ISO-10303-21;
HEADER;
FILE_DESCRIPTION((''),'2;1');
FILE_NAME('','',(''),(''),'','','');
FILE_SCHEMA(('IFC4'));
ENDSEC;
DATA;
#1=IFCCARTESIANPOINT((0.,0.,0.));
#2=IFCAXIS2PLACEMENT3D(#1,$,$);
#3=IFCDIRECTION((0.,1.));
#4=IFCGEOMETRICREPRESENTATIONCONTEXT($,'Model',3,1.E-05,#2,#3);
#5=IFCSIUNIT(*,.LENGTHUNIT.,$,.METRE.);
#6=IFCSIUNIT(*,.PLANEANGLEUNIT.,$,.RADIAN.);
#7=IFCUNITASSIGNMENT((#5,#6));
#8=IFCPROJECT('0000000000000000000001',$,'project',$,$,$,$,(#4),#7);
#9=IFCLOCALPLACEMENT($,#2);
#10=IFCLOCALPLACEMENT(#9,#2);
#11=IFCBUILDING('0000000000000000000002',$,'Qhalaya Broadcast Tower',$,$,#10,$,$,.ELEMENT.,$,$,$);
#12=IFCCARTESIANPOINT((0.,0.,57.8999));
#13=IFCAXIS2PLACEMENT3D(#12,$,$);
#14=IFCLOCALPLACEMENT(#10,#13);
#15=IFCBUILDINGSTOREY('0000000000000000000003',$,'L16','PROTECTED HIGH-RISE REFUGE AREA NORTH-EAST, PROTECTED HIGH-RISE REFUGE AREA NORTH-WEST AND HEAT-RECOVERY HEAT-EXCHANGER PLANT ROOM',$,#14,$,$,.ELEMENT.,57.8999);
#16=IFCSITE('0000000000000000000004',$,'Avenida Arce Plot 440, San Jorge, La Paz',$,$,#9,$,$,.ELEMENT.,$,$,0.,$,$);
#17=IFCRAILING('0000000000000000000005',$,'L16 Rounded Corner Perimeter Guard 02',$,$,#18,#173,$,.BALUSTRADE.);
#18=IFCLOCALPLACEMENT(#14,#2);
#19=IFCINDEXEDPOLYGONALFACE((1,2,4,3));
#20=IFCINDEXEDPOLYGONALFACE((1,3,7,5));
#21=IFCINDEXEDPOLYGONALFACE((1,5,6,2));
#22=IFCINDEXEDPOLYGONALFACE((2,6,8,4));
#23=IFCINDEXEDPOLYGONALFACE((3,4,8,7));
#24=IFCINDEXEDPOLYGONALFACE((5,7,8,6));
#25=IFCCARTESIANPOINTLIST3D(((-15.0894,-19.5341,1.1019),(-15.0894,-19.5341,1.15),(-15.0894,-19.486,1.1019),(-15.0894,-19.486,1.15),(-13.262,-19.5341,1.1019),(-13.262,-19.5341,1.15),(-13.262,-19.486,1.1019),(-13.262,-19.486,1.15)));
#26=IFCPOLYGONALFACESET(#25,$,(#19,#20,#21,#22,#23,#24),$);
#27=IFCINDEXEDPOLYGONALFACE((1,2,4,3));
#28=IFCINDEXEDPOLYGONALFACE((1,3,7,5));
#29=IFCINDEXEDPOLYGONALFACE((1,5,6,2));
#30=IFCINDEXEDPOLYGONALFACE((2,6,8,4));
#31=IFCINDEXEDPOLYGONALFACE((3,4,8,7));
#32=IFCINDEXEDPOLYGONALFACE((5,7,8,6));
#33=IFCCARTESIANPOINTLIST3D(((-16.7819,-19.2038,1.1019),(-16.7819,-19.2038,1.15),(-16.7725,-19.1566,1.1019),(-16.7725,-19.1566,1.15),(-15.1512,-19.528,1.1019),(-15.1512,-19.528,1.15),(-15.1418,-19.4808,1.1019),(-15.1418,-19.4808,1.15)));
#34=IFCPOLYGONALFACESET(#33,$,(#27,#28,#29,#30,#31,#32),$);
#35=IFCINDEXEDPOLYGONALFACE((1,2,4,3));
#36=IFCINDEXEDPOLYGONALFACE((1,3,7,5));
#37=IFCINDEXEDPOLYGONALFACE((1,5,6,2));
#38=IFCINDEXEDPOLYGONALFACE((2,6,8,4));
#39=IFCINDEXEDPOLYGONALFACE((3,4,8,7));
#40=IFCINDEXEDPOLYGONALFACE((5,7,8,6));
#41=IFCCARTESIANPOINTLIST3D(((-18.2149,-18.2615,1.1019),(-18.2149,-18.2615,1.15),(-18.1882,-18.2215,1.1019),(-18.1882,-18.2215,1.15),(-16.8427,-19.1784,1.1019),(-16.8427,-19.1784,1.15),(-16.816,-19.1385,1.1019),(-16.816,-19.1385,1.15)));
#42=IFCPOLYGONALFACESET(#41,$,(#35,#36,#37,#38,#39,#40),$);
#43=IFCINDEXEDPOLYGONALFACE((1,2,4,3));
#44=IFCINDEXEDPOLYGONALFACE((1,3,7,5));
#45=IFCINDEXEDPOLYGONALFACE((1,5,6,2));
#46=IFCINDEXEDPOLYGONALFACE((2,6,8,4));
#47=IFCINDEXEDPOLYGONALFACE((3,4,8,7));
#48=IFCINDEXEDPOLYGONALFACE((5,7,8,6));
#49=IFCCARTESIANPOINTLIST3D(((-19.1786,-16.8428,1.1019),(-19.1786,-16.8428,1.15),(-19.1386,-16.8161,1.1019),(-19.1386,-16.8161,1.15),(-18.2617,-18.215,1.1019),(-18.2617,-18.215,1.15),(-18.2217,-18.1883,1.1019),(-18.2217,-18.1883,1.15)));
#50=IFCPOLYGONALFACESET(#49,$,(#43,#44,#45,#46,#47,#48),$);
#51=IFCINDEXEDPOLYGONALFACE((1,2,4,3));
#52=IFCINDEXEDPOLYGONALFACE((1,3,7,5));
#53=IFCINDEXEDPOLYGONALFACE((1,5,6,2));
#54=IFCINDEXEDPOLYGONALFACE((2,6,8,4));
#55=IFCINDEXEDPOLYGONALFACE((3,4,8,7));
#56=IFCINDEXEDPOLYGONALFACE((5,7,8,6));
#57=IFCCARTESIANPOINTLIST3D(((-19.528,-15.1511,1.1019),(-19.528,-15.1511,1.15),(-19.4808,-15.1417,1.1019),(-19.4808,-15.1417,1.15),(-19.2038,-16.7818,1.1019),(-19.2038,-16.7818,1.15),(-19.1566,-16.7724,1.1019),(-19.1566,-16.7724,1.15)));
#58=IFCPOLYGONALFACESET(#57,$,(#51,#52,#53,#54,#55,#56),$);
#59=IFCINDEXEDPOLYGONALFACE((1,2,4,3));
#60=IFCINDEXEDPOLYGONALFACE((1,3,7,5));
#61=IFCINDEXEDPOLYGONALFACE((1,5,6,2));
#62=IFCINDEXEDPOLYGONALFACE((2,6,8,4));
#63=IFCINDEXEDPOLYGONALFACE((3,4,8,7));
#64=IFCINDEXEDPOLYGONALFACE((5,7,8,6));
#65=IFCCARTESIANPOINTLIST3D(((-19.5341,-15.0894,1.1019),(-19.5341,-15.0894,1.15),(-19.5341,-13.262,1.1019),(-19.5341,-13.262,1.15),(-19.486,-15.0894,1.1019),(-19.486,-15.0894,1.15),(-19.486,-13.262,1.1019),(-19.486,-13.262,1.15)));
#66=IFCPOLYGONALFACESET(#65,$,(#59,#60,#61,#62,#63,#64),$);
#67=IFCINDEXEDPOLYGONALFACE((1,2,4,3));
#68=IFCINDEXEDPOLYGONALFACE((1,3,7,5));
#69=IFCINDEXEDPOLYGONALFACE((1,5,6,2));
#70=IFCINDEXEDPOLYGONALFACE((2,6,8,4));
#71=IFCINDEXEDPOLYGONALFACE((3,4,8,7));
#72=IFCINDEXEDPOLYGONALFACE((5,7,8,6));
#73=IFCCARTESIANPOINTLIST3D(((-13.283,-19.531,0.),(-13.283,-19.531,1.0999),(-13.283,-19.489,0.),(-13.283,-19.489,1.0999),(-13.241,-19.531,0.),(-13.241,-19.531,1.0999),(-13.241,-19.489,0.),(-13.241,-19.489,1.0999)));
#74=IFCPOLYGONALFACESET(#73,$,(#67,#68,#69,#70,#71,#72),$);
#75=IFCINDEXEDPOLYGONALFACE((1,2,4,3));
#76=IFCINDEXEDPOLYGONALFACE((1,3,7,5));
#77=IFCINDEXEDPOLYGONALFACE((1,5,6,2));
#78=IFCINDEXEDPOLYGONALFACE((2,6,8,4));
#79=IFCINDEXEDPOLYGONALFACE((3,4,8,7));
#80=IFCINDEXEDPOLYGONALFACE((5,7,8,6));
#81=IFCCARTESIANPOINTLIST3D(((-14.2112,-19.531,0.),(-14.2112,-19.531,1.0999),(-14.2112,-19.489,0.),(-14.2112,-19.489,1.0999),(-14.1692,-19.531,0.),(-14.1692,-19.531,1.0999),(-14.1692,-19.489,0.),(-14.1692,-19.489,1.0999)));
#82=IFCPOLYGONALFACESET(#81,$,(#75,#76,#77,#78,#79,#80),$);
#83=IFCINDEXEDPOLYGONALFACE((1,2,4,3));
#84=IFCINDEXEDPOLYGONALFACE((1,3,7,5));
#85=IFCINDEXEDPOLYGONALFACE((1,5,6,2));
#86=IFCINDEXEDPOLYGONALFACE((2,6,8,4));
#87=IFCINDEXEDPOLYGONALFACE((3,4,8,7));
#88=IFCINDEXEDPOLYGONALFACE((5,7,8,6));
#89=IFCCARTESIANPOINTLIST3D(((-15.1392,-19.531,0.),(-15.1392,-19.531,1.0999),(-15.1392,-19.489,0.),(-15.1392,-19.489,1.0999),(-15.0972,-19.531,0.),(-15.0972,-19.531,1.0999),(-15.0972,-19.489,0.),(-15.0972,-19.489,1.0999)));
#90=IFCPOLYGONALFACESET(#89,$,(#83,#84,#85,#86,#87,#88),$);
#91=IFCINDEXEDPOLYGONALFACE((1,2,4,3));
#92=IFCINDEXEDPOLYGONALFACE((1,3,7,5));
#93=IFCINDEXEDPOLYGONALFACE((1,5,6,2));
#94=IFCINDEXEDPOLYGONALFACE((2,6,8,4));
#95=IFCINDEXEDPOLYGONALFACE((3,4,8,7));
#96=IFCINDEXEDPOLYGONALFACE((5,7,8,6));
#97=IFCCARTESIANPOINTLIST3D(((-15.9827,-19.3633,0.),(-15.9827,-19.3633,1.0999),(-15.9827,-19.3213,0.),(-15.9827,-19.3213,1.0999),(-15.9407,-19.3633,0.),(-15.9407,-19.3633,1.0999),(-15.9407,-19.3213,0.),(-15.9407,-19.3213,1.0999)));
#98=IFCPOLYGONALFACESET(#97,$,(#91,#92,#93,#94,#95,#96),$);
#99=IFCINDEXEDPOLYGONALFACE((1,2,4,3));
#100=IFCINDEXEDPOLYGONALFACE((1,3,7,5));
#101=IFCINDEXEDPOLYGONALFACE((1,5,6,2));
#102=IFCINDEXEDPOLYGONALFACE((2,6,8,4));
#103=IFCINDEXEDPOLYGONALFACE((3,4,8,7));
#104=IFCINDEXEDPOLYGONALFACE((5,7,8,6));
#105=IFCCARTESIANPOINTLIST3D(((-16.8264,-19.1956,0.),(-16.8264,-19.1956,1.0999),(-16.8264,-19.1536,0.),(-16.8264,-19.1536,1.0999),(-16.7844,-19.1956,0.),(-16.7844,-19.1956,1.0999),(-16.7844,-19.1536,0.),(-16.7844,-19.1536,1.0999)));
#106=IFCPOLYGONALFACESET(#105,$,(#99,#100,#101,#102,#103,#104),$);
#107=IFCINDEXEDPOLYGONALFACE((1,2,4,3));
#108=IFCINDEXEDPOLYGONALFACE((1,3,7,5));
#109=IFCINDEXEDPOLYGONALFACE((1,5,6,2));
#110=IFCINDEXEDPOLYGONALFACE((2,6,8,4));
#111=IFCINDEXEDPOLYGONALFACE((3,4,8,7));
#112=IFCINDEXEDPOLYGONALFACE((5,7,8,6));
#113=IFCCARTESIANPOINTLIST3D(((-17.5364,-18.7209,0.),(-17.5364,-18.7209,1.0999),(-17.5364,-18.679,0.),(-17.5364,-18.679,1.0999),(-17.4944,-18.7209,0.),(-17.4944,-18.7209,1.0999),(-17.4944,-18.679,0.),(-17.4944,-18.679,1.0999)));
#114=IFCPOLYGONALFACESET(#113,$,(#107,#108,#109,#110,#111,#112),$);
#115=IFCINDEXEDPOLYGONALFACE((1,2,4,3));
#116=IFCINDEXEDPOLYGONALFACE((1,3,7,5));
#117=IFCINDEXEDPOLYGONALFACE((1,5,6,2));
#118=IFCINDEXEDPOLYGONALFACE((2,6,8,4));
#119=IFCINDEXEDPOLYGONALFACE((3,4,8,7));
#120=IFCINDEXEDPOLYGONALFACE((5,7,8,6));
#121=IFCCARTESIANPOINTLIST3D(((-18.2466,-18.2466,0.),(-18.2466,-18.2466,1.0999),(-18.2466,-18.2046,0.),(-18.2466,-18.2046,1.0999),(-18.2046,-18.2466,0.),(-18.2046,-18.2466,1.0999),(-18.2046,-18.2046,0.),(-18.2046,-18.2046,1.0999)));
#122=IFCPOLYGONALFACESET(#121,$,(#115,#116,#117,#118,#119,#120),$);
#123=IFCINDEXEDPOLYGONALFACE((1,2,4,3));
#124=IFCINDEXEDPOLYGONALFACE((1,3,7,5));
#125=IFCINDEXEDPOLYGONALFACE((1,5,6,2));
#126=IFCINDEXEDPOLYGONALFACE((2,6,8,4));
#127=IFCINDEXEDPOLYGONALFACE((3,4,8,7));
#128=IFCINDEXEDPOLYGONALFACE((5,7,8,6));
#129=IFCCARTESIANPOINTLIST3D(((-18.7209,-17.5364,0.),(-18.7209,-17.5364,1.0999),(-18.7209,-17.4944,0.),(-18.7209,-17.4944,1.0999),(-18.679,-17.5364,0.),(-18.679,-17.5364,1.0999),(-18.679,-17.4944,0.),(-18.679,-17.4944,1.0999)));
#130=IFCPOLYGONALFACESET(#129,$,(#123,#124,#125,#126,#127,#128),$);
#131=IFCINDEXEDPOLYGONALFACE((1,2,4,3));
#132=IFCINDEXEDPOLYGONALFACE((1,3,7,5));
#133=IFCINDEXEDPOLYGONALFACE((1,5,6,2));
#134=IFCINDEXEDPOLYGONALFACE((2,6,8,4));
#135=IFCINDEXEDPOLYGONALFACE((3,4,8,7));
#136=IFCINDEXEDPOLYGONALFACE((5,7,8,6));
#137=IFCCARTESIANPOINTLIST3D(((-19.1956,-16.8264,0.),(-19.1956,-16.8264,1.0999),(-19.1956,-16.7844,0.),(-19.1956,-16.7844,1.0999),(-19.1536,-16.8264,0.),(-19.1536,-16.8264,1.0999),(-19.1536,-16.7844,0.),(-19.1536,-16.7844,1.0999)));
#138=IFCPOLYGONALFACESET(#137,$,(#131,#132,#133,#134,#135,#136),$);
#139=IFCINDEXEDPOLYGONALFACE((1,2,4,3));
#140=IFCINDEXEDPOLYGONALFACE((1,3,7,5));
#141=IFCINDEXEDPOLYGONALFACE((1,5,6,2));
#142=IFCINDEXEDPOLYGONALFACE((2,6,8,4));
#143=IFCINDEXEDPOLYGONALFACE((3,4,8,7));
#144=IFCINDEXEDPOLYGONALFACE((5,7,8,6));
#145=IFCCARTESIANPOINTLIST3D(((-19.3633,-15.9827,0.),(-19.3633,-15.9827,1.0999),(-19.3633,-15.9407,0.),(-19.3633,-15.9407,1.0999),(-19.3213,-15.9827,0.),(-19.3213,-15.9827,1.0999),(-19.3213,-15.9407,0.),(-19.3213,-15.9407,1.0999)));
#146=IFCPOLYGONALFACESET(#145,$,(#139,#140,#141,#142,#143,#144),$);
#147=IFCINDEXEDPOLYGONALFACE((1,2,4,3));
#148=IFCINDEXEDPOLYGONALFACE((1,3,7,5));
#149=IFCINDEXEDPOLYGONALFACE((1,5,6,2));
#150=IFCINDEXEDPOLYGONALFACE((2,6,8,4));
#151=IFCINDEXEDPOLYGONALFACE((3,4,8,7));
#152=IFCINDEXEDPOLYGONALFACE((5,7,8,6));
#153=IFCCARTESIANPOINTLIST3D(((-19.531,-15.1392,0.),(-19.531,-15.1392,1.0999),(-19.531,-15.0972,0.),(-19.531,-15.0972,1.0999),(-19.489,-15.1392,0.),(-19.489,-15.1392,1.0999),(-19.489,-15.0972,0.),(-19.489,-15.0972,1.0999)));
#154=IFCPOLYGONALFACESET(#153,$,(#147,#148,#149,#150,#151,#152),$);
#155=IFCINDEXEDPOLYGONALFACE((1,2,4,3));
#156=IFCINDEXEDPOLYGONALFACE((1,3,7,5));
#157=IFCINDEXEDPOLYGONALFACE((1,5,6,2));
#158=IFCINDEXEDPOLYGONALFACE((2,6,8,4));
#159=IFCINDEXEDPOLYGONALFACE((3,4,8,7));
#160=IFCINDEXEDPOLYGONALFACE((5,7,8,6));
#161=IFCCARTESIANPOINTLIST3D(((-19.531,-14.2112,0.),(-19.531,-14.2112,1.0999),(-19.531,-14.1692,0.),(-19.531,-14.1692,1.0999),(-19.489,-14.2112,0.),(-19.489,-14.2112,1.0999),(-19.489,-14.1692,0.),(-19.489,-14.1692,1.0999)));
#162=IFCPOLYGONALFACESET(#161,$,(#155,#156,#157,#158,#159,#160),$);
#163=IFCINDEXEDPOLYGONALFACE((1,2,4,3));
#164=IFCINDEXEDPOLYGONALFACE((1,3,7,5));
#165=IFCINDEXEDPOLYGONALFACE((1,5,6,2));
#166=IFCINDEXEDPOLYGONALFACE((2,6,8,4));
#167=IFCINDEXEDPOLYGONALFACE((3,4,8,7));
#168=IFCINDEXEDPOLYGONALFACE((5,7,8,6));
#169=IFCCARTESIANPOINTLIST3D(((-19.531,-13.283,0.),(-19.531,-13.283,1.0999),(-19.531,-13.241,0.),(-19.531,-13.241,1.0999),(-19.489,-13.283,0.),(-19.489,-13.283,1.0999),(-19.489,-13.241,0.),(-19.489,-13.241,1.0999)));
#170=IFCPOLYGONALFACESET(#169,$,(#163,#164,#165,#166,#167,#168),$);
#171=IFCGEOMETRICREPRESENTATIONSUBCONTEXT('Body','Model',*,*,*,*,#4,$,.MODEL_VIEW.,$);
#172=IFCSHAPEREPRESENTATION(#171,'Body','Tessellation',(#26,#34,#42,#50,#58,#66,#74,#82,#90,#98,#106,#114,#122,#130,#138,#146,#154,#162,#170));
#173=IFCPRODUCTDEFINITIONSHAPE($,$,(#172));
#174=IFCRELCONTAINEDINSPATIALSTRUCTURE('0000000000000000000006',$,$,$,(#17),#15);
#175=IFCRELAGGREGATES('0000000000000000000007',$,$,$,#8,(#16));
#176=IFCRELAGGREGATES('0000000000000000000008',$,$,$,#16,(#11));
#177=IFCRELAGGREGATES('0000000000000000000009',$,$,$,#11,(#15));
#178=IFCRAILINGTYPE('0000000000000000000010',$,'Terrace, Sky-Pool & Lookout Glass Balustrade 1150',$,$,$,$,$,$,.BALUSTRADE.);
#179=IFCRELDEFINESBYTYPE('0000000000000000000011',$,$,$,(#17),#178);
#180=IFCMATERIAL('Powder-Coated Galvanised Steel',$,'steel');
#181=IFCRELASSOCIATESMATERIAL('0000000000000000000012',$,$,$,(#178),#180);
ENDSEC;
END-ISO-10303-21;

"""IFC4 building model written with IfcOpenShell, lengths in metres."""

from ifc_helpers import new_model, si_unit, direction, frame, origin, origin_2d, place, context, subcontext, project, spatial, rectangle, extrude, material, type_object, element, save


model = new_model("IFC4")

# Units and contexts
model_context = context("Model", 3, precision=1e-05, world=origin(), true_north=direction((0.0, 1.0)))
body_context = subcontext(model_context, "Body", "Model", "MODEL_VIEW")
ifc_project = project(units=[si_unit("LENGTHUNIT", "METRE"), si_unit("PLANEANGLEUNIT", "RADIAN")], contexts=[model_context])

# Site, building, storey
site_placement = place(None, origin())
site = spatial("IfcSite", under=ifc_project, at=site_placement, Name="Avenida Arce Plot 440, San Jorge, La Paz", CompositionType="ELEMENT", RefElevation=0.0)
building_placement = place(site_placement, origin())
building = spatial("IfcBuilding", under=site, at=building_placement, Name="Qhalaya Broadcast Tower", CompositionType="ELEMENT")
storey_placement = place(building_placement, frame((0.0, 0.0, 57.8999)))
storey = spatial("IfcBuildingStorey", under=building, at=storey_placement, Name="L16", Description="PROTECTED HIGH-RISE REFUGE AREA NORTH-EAST, PROTECTED HIGH-RISE REFUGE AREA NORTH-WEST AND HEAT-RECOVERY HEAT-EXCHANGER PLANT ROOM", CompositionType="ELEMENT", Elevation=57.8999)

# Railing
ifc_material_1 = material(Name="Powder-Coated Galvanised Steel", Category="steel")
railing_type = type_object("IfcRailingType", Name="Terrace, Sky-Pool & Lookout Glass Balustrade 1150", PredefinedType="BALUSTRADE", material=ifc_material_1)
railing_placement = place(storey_placement, frame((-13.262, -19.51, 0.0)))
element("IfcRailing", 1, at=railing_placement, inside=storey, type_object=railing_type, Name="L16 Rounded Corner Perimeter Guard 02", PredefinedType="BALUSTRADE", context=body_context, shape_type="SweptSolid", body=[
    extrude(rectangle(XDim=0.0481, YDim=0.0481, at=origin_2d()), frame((0.0, 0.0, 1.126), z_axis=(-1.0, 0.0, 0.0), x_axis=(0.0, -1.0, 0.0)), (0.0, 0.0, 1.0), 1.8274),
    extrude(rectangle(XDim=0.0481, YDim=0.0481, at=origin_2d()), frame((-1.8845, 0.0056, 1.126), z_axis=(-0.980804, 0.194997, 0.0), x_axis=(-0.194997, -0.980804, 0.0)), (0.0, 0.0, 1.0), 1.6626),
    extrude(rectangle(XDim=0.0481, YDim=0.0481, at=origin_2d()), frame((-3.5674, 0.3516, 1.126), z_axis=(-0.831456, 0.55559, 0.0), x_axis=(-0.55559, -0.831456, 0.0)), (0.0, 0.0, 1.0), 1.6504),
    extrude(rectangle(XDim=0.0481, YDim=0.0481, at=origin_2d()), frame((-4.9797, 1.3083, 1.126), z_axis=(-0.55559, 0.831456, 0.0), x_axis=(-0.831456, -0.55559, 0.0)), (0.0, 0.0, 1.0), 1.6504),
    extrude(rectangle(XDim=0.0481, YDim=0.0481, at=origin_2d()), frame((-5.9182, 2.7329, 1.126), z_axis=(-0.194997, 0.980804, 0.0), x_axis=(-0.980804, -0.194997, 0.0)), (0.0, 0.0, 1.0), 1.6626),
    extrude(rectangle(XDim=0.0481, YDim=0.0481, at=origin_2d()), frame((-6.248, 4.4207, 1.126), z_axis=(0.0, 1.0, 0.0), x_axis=(-1.0, 0.0, 0.0)), (0.0, 0.0, 1.0), 1.8274),
    extrude(rectangle(XDim=0.042, YDim=0.042, at=origin_2d()), origin(), (0.0, 0.0, 1.0), 1.0999),
    extrude(rectangle(XDim=0.042, YDim=0.042, at=origin_2d()), frame((-0.9282, 0.0, 0.0)), (0.0, 0.0, 1.0), 1.0999),
    extrude(rectangle(XDim=0.042, YDim=0.042, at=origin_2d()), frame((-1.8562, 0.0, 0.0)), (0.0, 0.0, 1.0), 1.0999),
    extrude(rectangle(XDim=0.042, YDim=0.042, at=origin_2d()), frame((-2.6997, 0.1677, 0.0)), (0.0, 0.0, 1.0), 1.0999),
    extrude(rectangle(XDim=0.042, YDim=0.042, at=origin_2d()), frame((-3.5435, 0.3354, 0.0)), (0.0, 0.0, 1.0), 1.0999),
    extrude(rectangle(XDim=0.042, YDim=0.042, at=origin_2d()), frame((-4.2534, 0.8101, 0.0)), (0.0, 0.0, 1.0), 1.0999),
    extrude(rectangle(XDim=0.042, YDim=0.042, at=origin_2d()), frame((-4.9636, 1.2844, 0.0)), (0.0, 0.0, 1.0), 1.0999),
    extrude(rectangle(XDim=0.042, YDim=0.042, at=origin_2d()), frame((-5.438, 1.9946, 0.0)), (0.0, 0.0, 1.0), 1.0999),
    extrude(rectangle(XDim=0.042, YDim=0.042, at=origin_2d()), frame((-5.9126, 2.7046, 0.0)), (0.0, 0.0, 1.0), 1.0999),
    extrude(rectangle(XDim=0.042, YDim=0.042, at=origin_2d()), frame((-6.0803, 3.5483, 0.0)), (0.0, 0.0, 1.0), 1.0999),
    extrude(rectangle(XDim=0.042, YDim=0.042, at=origin_2d()), frame((-6.248, 4.3918, 0.0)), (0.0, 0.0, 1.0), 1.0999),
    extrude(rectangle(XDim=0.042, YDim=0.042, at=origin_2d()), frame((-6.248, 5.3198, 0.0)), (0.0, 0.0, 1.0), 1.0999),
    extrude(rectangle(XDim=0.042, YDim=0.042, at=origin_2d()), frame((-6.248, 6.248, 0.0)), (0.0, 0.0, 1.0), 1.0999),
])

save(model, "model.ifc")
